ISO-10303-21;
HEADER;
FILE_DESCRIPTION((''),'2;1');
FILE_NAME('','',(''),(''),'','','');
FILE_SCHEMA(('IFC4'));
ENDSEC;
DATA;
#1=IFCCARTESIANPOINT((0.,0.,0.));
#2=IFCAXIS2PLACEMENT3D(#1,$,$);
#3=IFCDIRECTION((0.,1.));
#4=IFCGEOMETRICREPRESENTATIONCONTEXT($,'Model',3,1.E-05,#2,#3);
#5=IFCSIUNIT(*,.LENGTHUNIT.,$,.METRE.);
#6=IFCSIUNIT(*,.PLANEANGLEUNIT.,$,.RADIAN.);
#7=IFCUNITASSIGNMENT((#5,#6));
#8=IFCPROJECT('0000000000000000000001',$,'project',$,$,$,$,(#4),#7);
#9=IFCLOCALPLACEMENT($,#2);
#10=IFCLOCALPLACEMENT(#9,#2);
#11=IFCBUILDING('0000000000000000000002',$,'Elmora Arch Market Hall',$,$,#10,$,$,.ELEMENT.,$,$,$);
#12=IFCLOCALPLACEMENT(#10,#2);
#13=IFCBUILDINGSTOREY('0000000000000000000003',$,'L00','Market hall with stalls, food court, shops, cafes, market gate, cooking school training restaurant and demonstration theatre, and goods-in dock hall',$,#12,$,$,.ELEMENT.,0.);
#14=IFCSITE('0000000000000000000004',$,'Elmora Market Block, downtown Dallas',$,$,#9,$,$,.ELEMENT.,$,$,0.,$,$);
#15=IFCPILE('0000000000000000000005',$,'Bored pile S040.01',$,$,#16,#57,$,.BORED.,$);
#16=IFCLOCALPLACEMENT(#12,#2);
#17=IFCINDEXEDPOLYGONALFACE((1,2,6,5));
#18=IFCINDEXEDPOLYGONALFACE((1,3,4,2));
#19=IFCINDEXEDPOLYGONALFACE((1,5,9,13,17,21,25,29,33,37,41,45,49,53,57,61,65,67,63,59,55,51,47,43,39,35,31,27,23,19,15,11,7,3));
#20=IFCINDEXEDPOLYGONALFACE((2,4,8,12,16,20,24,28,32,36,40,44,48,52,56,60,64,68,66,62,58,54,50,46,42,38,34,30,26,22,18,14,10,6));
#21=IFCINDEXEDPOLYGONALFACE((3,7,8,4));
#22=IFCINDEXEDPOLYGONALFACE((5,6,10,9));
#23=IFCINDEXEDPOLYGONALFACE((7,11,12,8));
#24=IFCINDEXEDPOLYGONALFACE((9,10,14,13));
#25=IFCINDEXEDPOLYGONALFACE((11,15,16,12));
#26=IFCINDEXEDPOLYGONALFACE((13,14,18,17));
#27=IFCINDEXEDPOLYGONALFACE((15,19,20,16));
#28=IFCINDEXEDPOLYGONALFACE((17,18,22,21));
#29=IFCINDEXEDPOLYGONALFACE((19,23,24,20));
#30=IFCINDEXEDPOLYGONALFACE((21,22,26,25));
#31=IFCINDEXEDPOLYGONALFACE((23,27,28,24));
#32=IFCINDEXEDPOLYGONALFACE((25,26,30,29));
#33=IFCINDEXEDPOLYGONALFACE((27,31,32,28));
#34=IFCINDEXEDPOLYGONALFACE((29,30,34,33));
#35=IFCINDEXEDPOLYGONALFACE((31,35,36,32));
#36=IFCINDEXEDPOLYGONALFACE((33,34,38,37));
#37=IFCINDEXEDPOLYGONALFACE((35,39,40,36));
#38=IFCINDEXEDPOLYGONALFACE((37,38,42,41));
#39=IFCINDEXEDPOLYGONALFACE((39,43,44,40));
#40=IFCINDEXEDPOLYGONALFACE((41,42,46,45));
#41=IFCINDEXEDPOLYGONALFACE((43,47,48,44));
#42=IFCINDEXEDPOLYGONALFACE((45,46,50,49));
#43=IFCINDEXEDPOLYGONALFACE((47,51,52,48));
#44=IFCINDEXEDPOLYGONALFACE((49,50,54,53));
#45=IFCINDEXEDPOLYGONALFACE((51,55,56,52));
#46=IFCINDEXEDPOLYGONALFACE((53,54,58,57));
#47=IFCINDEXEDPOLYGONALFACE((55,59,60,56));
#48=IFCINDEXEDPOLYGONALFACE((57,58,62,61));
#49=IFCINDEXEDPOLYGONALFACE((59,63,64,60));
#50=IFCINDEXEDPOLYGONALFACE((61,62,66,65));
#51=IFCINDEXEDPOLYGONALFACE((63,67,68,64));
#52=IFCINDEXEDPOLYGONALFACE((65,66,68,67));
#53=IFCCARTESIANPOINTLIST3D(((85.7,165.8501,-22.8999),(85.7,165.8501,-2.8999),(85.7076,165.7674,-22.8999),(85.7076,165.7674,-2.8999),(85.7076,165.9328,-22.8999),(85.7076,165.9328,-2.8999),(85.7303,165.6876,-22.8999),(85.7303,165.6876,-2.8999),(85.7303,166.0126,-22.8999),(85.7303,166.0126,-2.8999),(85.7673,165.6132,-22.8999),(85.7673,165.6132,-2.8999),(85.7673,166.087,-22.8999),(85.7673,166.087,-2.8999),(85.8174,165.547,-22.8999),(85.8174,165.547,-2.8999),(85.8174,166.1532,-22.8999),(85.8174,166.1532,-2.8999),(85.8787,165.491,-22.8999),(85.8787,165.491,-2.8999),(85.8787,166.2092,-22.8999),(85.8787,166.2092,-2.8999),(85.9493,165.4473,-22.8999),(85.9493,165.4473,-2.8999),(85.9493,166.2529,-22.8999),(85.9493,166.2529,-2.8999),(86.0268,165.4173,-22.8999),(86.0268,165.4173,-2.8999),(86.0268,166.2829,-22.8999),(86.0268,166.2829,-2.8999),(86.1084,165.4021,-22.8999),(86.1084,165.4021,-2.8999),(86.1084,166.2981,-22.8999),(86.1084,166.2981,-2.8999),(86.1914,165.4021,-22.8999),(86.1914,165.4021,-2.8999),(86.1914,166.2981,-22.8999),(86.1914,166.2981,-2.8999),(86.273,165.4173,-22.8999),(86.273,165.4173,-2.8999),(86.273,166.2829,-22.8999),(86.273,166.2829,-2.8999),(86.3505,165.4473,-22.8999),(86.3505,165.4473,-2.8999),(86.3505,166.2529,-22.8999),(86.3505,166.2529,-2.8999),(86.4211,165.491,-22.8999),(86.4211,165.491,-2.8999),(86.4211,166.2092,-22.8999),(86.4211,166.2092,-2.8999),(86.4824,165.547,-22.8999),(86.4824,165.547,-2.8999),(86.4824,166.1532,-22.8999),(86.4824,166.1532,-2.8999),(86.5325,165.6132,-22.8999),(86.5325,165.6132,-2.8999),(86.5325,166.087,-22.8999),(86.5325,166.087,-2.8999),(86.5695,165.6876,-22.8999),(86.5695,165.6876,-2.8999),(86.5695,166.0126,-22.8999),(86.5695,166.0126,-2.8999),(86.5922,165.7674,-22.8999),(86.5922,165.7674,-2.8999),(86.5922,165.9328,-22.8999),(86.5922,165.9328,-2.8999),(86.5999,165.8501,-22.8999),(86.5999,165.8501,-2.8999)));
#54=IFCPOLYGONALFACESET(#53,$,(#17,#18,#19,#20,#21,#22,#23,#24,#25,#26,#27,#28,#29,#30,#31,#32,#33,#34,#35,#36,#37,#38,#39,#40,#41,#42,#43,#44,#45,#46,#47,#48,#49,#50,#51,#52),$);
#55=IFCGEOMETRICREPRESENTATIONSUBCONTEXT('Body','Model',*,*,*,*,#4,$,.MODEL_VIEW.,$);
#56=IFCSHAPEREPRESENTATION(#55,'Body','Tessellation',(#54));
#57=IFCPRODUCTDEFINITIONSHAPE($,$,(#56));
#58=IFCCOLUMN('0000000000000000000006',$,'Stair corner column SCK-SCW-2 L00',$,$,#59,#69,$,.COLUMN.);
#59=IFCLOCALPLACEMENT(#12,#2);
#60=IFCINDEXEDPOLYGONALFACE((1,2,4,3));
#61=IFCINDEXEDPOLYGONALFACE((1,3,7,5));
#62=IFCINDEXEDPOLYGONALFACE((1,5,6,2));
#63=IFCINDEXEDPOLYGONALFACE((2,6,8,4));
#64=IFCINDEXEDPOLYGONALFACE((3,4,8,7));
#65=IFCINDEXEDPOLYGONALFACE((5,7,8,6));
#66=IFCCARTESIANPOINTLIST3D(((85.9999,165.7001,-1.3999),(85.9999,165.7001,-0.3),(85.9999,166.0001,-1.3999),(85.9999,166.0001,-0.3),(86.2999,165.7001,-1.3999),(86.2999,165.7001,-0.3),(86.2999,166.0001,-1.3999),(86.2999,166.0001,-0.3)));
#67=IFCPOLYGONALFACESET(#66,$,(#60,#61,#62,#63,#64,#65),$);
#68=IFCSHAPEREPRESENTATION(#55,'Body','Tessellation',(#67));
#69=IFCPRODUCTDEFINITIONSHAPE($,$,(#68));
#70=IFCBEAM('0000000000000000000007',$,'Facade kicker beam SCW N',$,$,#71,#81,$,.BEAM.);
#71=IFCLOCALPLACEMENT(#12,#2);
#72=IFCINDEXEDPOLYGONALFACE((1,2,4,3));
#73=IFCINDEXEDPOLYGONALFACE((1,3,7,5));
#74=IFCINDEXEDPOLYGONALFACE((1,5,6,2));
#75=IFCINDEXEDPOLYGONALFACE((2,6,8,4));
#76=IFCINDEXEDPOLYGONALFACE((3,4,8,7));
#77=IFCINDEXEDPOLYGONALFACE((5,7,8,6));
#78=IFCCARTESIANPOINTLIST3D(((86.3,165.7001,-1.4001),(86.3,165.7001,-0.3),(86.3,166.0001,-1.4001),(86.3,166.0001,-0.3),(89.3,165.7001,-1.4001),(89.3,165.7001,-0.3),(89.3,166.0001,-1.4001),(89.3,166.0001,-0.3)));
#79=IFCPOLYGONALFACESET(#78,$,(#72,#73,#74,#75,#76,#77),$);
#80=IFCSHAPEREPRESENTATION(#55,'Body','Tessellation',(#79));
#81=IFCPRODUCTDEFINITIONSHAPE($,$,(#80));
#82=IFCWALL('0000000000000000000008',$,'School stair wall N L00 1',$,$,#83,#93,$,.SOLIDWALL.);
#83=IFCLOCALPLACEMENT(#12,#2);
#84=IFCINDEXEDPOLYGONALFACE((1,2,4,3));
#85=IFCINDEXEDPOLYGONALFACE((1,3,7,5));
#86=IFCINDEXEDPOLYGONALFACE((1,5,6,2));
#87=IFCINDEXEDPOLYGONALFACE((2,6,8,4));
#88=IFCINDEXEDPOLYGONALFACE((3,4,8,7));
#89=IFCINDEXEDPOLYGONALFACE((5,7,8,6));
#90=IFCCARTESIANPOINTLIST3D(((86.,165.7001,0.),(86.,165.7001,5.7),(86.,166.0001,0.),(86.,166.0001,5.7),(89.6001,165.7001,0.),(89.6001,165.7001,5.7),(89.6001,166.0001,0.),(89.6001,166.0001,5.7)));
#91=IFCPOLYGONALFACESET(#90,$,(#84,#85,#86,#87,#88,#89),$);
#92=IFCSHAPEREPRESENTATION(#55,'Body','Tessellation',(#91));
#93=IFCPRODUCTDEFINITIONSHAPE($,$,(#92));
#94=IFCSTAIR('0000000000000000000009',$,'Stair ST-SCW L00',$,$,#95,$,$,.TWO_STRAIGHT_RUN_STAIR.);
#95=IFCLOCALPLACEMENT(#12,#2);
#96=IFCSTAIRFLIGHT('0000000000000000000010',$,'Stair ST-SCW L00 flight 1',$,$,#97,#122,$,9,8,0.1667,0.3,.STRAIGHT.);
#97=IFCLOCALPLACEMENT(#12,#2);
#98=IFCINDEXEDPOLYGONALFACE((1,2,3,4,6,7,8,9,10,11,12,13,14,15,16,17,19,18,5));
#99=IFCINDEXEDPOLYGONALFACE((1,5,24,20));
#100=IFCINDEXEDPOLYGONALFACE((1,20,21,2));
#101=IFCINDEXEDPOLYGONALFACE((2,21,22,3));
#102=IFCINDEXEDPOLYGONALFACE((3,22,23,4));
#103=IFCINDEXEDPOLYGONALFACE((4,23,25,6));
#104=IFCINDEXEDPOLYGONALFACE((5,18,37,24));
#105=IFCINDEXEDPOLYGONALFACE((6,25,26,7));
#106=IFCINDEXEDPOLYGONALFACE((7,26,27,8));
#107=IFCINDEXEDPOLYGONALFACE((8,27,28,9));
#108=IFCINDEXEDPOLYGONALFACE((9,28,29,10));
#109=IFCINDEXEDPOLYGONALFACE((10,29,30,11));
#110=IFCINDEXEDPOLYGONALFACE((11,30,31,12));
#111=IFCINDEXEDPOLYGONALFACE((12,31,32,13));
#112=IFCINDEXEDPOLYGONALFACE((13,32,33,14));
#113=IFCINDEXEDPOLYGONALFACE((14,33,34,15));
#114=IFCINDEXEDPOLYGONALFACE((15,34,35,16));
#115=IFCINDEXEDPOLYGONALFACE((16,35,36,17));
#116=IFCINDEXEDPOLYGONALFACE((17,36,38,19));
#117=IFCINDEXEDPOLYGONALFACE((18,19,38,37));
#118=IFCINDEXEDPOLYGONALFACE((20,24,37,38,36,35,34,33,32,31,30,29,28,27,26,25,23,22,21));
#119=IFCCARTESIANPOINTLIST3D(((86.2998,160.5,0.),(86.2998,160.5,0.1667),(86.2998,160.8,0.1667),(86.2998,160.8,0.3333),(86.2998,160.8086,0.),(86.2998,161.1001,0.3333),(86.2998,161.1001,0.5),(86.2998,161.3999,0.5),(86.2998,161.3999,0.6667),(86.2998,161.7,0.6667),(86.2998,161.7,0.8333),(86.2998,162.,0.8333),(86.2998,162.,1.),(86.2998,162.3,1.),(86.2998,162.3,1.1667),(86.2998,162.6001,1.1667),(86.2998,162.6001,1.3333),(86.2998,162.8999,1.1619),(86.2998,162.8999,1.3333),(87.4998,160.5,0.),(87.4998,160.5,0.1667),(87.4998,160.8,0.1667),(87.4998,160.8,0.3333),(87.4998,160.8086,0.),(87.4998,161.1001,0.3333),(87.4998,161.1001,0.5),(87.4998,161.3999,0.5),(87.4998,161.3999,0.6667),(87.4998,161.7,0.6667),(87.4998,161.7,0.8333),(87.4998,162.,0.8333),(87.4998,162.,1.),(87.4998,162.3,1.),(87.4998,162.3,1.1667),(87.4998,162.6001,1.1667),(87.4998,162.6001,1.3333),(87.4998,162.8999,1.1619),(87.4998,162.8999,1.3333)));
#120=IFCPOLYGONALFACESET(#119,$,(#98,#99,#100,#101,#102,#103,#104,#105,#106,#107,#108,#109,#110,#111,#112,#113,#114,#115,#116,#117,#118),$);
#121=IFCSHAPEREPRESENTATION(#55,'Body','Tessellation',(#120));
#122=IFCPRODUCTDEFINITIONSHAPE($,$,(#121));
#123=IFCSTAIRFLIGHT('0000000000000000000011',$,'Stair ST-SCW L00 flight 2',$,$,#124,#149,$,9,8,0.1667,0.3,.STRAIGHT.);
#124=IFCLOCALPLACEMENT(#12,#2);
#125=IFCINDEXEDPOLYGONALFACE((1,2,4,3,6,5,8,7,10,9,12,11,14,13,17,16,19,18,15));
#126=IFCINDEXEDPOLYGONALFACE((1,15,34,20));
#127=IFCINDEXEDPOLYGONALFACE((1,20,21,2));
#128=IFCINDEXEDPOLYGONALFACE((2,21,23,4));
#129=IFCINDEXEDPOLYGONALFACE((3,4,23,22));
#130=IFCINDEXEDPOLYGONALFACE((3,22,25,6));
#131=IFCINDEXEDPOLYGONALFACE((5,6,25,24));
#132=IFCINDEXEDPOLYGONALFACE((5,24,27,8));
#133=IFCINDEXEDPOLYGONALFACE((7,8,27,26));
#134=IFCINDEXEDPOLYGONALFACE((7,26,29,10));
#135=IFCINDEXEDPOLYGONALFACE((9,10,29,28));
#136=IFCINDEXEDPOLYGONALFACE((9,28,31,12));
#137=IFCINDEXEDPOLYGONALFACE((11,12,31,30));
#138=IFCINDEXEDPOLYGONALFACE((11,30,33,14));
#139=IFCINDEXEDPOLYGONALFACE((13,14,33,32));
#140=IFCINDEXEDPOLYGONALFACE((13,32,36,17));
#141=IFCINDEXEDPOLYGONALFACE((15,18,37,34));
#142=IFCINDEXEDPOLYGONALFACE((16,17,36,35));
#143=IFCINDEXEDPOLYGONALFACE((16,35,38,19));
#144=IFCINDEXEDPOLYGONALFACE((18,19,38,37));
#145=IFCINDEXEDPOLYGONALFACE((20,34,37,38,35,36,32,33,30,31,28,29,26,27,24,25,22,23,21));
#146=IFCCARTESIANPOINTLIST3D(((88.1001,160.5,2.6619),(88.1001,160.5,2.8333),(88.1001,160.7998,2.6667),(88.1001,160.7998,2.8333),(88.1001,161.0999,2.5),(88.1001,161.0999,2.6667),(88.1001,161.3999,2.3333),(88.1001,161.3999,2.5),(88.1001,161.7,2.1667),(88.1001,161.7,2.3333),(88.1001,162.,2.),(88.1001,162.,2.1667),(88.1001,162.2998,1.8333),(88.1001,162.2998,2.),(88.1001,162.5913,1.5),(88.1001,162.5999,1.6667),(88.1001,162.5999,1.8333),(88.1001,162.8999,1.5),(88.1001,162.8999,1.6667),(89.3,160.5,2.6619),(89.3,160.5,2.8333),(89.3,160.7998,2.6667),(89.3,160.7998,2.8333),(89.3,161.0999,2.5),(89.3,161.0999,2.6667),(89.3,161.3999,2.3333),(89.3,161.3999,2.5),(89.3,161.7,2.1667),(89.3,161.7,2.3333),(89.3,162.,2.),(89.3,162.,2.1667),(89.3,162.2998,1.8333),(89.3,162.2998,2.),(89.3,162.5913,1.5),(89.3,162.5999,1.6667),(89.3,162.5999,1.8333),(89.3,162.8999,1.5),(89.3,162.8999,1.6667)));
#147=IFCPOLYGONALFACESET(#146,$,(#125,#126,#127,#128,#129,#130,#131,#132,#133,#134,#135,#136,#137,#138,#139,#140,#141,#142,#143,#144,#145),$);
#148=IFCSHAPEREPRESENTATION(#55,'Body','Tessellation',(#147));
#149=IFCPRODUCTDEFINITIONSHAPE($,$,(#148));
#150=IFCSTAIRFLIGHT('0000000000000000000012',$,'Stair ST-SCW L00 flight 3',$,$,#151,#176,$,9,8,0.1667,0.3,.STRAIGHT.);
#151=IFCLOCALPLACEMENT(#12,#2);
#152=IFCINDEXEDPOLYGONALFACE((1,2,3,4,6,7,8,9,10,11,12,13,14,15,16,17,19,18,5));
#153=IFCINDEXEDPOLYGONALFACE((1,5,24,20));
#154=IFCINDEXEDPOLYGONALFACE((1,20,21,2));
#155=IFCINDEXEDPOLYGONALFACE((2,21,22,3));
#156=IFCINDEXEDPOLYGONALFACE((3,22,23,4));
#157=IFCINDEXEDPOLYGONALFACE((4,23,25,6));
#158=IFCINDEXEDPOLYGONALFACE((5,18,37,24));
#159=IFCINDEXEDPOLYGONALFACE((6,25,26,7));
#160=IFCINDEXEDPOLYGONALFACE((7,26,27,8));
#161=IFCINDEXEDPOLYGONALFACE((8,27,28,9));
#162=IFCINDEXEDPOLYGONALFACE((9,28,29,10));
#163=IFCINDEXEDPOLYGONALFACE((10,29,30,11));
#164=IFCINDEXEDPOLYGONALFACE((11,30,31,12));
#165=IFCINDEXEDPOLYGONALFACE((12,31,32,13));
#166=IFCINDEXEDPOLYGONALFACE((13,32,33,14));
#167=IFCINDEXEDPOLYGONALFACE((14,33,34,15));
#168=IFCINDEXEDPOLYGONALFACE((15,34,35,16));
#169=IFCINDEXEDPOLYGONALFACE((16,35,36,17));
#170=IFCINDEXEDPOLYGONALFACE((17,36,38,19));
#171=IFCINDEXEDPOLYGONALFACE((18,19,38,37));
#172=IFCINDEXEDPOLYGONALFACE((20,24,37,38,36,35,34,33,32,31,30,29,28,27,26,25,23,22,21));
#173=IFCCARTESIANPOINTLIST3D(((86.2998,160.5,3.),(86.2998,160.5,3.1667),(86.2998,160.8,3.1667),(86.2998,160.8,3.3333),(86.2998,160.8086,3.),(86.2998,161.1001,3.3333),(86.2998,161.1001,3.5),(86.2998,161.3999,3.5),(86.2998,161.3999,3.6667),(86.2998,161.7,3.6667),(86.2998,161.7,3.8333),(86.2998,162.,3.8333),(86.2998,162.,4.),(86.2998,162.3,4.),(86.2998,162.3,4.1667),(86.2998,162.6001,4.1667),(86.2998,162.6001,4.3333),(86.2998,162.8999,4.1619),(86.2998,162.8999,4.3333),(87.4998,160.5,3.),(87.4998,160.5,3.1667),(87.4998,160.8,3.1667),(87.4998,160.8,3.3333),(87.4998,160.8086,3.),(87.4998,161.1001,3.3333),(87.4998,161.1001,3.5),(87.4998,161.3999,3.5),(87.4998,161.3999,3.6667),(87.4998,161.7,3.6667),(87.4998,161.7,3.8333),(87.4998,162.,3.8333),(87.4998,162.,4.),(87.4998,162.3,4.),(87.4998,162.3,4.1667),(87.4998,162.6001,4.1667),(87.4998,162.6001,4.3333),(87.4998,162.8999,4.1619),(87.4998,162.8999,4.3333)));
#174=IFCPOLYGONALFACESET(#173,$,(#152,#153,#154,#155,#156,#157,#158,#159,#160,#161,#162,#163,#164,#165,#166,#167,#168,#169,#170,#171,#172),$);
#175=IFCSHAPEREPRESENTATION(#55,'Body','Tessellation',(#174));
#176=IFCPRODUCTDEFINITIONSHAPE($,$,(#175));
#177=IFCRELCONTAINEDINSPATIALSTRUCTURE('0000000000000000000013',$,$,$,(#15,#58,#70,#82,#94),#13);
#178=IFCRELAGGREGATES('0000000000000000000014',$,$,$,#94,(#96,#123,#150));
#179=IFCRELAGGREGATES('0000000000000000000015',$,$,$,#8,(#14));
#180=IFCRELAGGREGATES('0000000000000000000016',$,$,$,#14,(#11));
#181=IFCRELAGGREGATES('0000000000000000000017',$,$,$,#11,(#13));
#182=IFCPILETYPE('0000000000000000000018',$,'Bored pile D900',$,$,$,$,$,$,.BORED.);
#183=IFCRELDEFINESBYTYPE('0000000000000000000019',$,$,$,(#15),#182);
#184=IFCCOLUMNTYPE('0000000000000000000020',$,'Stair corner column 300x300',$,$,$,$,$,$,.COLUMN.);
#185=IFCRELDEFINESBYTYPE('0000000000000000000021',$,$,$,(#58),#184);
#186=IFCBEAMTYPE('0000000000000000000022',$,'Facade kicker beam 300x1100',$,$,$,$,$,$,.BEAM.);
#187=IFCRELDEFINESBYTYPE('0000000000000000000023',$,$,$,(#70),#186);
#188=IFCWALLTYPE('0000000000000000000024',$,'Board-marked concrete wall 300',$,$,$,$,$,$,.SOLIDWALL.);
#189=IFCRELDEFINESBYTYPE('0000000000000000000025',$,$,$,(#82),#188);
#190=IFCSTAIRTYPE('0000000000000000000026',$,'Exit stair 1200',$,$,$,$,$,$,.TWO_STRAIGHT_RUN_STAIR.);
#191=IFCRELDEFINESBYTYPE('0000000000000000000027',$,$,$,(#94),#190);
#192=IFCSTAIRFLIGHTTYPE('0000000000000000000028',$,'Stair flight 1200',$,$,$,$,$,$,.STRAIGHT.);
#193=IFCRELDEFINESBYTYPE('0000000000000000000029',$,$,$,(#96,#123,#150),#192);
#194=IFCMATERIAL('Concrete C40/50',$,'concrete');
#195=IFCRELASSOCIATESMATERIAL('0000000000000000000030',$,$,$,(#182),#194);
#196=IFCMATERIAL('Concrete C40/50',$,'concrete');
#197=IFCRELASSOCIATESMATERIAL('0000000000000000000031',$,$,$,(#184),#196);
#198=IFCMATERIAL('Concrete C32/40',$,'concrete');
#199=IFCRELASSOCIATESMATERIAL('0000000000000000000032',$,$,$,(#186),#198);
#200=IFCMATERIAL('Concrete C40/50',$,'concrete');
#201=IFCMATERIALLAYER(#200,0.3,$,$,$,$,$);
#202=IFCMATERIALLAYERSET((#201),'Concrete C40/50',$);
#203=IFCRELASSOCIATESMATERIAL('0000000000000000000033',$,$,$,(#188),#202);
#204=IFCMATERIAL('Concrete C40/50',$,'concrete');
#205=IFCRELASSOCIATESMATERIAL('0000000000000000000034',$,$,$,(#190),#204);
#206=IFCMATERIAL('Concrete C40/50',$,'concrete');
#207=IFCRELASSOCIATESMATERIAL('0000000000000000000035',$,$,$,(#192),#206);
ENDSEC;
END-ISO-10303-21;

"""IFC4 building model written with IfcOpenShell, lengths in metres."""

from ifc_helpers import new_model, si_unit, direction, frame, frame_2d, origin, origin_2d, place, context, subcontext, project, spatial, polyline, rectangle, circle, outline, extrude, material, layer, layer_set, material_profile, profile_set, type_object, element, aggregate, save


model = new_model("IFC4")

# Units and contexts
model_context = context("Model", 3, precision=1e-05, world=origin(), true_north=direction((0.0, 1.0)))
body_context = subcontext(model_context, "Body", "Model", "MODEL_VIEW")
ifc_project = project(units=[si_unit("LENGTHUNIT", "METRE"), si_unit("PLANEANGLEUNIT", "RADIAN")], contexts=[model_context])

# Site, building, storey
site_placement = place(None, origin())
site = spatial("IfcSite", under=ifc_project, at=site_placement, Name="Elmora Market Block, downtown Dallas", CompositionType="ELEMENT", RefElevation=0.0)
building_placement = place(site_placement, origin())
building = spatial("IfcBuilding", under=site, at=building_placement, Name="Elmora Arch Market Hall", CompositionType="ELEMENT")
storey_placement = place(building_placement, origin())
storey = spatial("IfcBuildingStorey", under=building, at=storey_placement, Name="L00", Description="Market hall with stalls, food court, shops, cafes, market gate, cooking school training restaurant and demonstration theatre, and goods-in dock hall", CompositionType="ELEMENT", Elevation=0.0)

# Pile
ifc_material_1 = material(Name="Concrete C40/50", Category="concrete")
ifc_material_profile_1 = material_profile(ifc_material_1, circle(Radius=0.45, at=origin_2d()), Name="Bored pile D900")
ifc_profile_set_1 = profile_set([ifc_material_profile_1], Name="Concrete C40/50")
pile_type = type_object("IfcPileType", Name="Bored pile D900", PredefinedType="BORED", material=ifc_profile_set_1)
pile_placement = place(storey_placement, frame((86.1499, 165.8501, -2.8999), z_axis=(0.0, 0.0, -1.0), x_axis=(1.0, 0.0, 0.0)))
element("IfcPile", 1, at=pile_placement, inside=storey, type_object=pile_type, Name="Bored pile S040.01", PredefinedType="BORED", context=body_context, shape_type="SweptSolid", body=[
    extrude(circle(Radius=0.45, at=origin_2d()), origin(), (0.0, 0.0, 1.0), 20.0),
])

# Column
ifc_material_2 = material(Name="Concrete C40/50", Category="concrete")
ifc_material_profile_2 = material_profile(ifc_material_2, rectangle(XDim=0.3, YDim=0.3, at=origin_2d()), Name="Stair corner column 300x300")
ifc_profile_set_2 = profile_set([ifc_material_profile_2], Name="Concrete C40/50")
column_type = type_object("IfcColumnType", Name="Stair corner column 300x300", PredefinedType="COLUMN", material=ifc_profile_set_2)
column_placement = place(storey_placement, frame((86.1499, 165.8501, -1.3999), z_axis=(0.0, 0.0, 1.0), x_axis=(1.0, 0.0, 0.0)))
element("IfcColumn", 2, at=column_placement, inside=storey, type_object=column_type, Name="Stair corner column SCK-SCW-2 L00", PredefinedType="COLUMN", context=body_context, shape_type="SweptSolid", body=[
    extrude(rectangle(XDim=0.3, YDim=0.3, at=origin_2d()), origin(), (0.0, 0.0, 1.0), 1.0999),
])

# Beam
ifc_material_3 = material(Name="Concrete C32/40", Category="concrete")
ifc_material_profile_3 = material_profile(ifc_material_3, rectangle(XDim=0.3, YDim=1.1001, at=origin_2d()), Name="Facade kicker beam 300x1100")
ifc_profile_set_3 = profile_set([ifc_material_profile_3], Name="Concrete C32/40")
beam_type = type_object("IfcBeamType", Name="Facade kicker beam 300x1100", PredefinedType="BEAM", material=ifc_profile_set_3)
beam_placement = place(storey_placement, frame((86.3, 165.8501, -0.8501), z_axis=(1.0, 0.0, 0.0), x_axis=(0.0, 1.0, 0.0)))
element("IfcBeam", 3, at=beam_placement, inside=storey, type_object=beam_type, Name="Facade kicker beam SCW N", PredefinedType="BEAM", context=body_context, shape_type="SweptSolid", body=[
    extrude(rectangle(XDim=0.3, YDim=1.1001, at=origin_2d()), origin(), (0.0, 0.0, 1.0), 3.0),
])

# Wall
ifc_material_4 = material(Name="Concrete C40/50", Category="concrete")
ifc_layer = layer(ifc_material_4, 0.3)
ifc_layer_set = layer_set([ifc_layer], Name="Concrete C40/50")
wall_type = type_object("IfcWallType", Name="Board-marked concrete wall 300", PredefinedType="SOLIDWALL", material=ifc_layer_set)
wall_placement = place(storey_placement, frame((86.0, 165.8501, 0.0), z_axis=(0.0, 0.0, 1.0), x_axis=(1.0, 0.0, 0.0)))
element("IfcWall", 4, at=wall_placement, inside=storey, type_object=wall_type, Name="School stair wall N L00 1", PredefinedType="SOLIDWALL", context=body_context, shape_type="SweptSolid", body=[
    extrude(rectangle(XDim=3.6001, YDim=0.3, at=frame_2d((1.8, 0.0))), origin(), (0.0, 0.0, 1.0), 5.7),
])

# Stair, stair flights
ifc_material_5 = material(Name="Concrete C40/50", Category="concrete")
stair_type = type_object("IfcStairType", Name="Exit stair 1200", PredefinedType="TWO_STRAIGHT_RUN_STAIR", material=ifc_material_5)
stair_placement = place(storey_placement, origin())
stair = element("IfcStair", 5, at=stair_placement, inside=storey, type_object=stair_type, Name="Stair ST-SCW L00", PredefinedType="TWO_STRAIGHT_RUN_STAIR")
ifc_material_6 = material(Name="Concrete C40/50", Category="concrete")
stair_flight_type = type_object("IfcStairFlightType", Name="Stair flight 1200", PredefinedType="STRAIGHT", material=ifc_material_6)
stair_flight_1_placement = place(storey_placement, frame((86.8999, 160.5, 0.0), z_axis=(0.0, 0.0, 1.0), x_axis=(0.0, 1.0, 0.0)))
stair_flight_1 = element("IfcStairFlight", 6, at=stair_flight_1_placement, type_object=stair_flight_type, Name="Stair ST-SCW L00 flight 1", NumberOfRisers=9, NumberOfTreads=8, PredefinedType="STRAIGHT", RiserHeight=0.1667, TreadLength=0.3, context=body_context, shape_type="SweptSolid", body=[
    extrude(outline(polyline([(0.0, 0.0), (0.0, 0.1667), (0.3, 0.1667), (0.3, 0.3333), (0.6001, 0.3333), (0.6001, 0.5), (0.8999, 0.5), (0.8999, 0.6667), (1.2, 0.6667), (1.2, 0.8333), (1.5, 0.8333), (1.5, 1.0), (1.8, 1.0), (1.8, 1.1667), (2.1001, 1.1667), (2.1001, 1.3333), (2.3999, 1.3333), (2.3999, 1.5), (2.3999, 1.1619), (0.3086, 0.0), (0.0, 0.0)])), frame((0.0, 0.6001, 0.0), z_axis=(0.0, -1.0, 0.0), x_axis=(1.0, 0.0, 0.0)), (0.0, 0.0, 1.0), 1.2),
])
stair_flight_2_placement = place(storey_placement, frame((88.7, 162.8999, 1.5), z_axis=(0.0, 0.0, 1.0), x_axis=(0.0, -1.0, 0.0)))
stair_flight_2 = element("IfcStairFlight", 7, at=stair_flight_2_placement, type_object=stair_flight_type, Name="Stair ST-SCW L00 flight 2", NumberOfRisers=9, NumberOfTreads=8, PredefinedType="STRAIGHT", RiserHeight=0.1667, TreadLength=0.3, context=body_context, shape_type="SweptSolid", body=[
    extrude(outline(polyline([(0.0, 0.0), (0.0, 0.1667), (0.3, 0.1667), (0.3, 0.3333), (0.6001, 0.3333), (0.6001, 0.5), (0.8999, 0.5), (0.8999, 0.6667), (1.2, 0.6667), (1.2, 0.8333), (1.5, 0.8333), (1.5, 1.0), (1.8, 1.0), (1.8, 1.1667), (2.1001, 1.1667), (2.1001, 1.3333), (2.3999, 1.3333), (2.3999, 1.5), (2.3999, 1.1619), (0.3086, 0.0), (0.0, 0.0)])), frame((0.0, 0.6001, 0.0), z_axis=(0.0, -1.0, 0.0), x_axis=(1.0, 0.0, 0.0)), (0.0, 0.0, 1.0), 1.2),
])
stair_flight_3_placement = place(storey_placement, frame((86.8999, 160.5, 3.0), z_axis=(0.0, 0.0, 1.0), x_axis=(0.0, 1.0, 0.0)))
stair_flight_3 = element("IfcStairFlight", 8, at=stair_flight_3_placement, type_object=stair_flight_type, Name="Stair ST-SCW L00 flight 3", NumberOfRisers=9, NumberOfTreads=8, PredefinedType="STRAIGHT", RiserHeight=0.1667, TreadLength=0.3, context=body_context, shape_type="SweptSolid", body=[
    extrude(outline(polyline([(0.0, 0.0), (0.0, 0.1667), (0.3, 0.1667), (0.3, 0.3333), (0.6001, 0.3333), (0.6001, 0.5), (0.8999, 0.5), (0.8999, 0.6667), (1.2, 0.6667), (1.2, 0.8333), (1.5, 0.8333), (1.5, 1.0), (1.8, 1.0), (1.8, 1.1667), (2.1001, 1.1667), (2.1001, 1.3333), (2.3999, 1.3333), (2.3999, 1.5), (2.3999, 1.1619), (0.3086, 0.0), (0.0, 0.0)])), frame((0.0, 0.6001, 0.0), z_axis=(0.0, -1.0, 0.0), x_axis=(1.0, 0.0, 0.0)), (0.0, 0.0, 1.0), 1.2),
])
aggregate(stair, [stair_flight_1, stair_flight_2, stair_flight_3])

save(model, "model.ifc")
